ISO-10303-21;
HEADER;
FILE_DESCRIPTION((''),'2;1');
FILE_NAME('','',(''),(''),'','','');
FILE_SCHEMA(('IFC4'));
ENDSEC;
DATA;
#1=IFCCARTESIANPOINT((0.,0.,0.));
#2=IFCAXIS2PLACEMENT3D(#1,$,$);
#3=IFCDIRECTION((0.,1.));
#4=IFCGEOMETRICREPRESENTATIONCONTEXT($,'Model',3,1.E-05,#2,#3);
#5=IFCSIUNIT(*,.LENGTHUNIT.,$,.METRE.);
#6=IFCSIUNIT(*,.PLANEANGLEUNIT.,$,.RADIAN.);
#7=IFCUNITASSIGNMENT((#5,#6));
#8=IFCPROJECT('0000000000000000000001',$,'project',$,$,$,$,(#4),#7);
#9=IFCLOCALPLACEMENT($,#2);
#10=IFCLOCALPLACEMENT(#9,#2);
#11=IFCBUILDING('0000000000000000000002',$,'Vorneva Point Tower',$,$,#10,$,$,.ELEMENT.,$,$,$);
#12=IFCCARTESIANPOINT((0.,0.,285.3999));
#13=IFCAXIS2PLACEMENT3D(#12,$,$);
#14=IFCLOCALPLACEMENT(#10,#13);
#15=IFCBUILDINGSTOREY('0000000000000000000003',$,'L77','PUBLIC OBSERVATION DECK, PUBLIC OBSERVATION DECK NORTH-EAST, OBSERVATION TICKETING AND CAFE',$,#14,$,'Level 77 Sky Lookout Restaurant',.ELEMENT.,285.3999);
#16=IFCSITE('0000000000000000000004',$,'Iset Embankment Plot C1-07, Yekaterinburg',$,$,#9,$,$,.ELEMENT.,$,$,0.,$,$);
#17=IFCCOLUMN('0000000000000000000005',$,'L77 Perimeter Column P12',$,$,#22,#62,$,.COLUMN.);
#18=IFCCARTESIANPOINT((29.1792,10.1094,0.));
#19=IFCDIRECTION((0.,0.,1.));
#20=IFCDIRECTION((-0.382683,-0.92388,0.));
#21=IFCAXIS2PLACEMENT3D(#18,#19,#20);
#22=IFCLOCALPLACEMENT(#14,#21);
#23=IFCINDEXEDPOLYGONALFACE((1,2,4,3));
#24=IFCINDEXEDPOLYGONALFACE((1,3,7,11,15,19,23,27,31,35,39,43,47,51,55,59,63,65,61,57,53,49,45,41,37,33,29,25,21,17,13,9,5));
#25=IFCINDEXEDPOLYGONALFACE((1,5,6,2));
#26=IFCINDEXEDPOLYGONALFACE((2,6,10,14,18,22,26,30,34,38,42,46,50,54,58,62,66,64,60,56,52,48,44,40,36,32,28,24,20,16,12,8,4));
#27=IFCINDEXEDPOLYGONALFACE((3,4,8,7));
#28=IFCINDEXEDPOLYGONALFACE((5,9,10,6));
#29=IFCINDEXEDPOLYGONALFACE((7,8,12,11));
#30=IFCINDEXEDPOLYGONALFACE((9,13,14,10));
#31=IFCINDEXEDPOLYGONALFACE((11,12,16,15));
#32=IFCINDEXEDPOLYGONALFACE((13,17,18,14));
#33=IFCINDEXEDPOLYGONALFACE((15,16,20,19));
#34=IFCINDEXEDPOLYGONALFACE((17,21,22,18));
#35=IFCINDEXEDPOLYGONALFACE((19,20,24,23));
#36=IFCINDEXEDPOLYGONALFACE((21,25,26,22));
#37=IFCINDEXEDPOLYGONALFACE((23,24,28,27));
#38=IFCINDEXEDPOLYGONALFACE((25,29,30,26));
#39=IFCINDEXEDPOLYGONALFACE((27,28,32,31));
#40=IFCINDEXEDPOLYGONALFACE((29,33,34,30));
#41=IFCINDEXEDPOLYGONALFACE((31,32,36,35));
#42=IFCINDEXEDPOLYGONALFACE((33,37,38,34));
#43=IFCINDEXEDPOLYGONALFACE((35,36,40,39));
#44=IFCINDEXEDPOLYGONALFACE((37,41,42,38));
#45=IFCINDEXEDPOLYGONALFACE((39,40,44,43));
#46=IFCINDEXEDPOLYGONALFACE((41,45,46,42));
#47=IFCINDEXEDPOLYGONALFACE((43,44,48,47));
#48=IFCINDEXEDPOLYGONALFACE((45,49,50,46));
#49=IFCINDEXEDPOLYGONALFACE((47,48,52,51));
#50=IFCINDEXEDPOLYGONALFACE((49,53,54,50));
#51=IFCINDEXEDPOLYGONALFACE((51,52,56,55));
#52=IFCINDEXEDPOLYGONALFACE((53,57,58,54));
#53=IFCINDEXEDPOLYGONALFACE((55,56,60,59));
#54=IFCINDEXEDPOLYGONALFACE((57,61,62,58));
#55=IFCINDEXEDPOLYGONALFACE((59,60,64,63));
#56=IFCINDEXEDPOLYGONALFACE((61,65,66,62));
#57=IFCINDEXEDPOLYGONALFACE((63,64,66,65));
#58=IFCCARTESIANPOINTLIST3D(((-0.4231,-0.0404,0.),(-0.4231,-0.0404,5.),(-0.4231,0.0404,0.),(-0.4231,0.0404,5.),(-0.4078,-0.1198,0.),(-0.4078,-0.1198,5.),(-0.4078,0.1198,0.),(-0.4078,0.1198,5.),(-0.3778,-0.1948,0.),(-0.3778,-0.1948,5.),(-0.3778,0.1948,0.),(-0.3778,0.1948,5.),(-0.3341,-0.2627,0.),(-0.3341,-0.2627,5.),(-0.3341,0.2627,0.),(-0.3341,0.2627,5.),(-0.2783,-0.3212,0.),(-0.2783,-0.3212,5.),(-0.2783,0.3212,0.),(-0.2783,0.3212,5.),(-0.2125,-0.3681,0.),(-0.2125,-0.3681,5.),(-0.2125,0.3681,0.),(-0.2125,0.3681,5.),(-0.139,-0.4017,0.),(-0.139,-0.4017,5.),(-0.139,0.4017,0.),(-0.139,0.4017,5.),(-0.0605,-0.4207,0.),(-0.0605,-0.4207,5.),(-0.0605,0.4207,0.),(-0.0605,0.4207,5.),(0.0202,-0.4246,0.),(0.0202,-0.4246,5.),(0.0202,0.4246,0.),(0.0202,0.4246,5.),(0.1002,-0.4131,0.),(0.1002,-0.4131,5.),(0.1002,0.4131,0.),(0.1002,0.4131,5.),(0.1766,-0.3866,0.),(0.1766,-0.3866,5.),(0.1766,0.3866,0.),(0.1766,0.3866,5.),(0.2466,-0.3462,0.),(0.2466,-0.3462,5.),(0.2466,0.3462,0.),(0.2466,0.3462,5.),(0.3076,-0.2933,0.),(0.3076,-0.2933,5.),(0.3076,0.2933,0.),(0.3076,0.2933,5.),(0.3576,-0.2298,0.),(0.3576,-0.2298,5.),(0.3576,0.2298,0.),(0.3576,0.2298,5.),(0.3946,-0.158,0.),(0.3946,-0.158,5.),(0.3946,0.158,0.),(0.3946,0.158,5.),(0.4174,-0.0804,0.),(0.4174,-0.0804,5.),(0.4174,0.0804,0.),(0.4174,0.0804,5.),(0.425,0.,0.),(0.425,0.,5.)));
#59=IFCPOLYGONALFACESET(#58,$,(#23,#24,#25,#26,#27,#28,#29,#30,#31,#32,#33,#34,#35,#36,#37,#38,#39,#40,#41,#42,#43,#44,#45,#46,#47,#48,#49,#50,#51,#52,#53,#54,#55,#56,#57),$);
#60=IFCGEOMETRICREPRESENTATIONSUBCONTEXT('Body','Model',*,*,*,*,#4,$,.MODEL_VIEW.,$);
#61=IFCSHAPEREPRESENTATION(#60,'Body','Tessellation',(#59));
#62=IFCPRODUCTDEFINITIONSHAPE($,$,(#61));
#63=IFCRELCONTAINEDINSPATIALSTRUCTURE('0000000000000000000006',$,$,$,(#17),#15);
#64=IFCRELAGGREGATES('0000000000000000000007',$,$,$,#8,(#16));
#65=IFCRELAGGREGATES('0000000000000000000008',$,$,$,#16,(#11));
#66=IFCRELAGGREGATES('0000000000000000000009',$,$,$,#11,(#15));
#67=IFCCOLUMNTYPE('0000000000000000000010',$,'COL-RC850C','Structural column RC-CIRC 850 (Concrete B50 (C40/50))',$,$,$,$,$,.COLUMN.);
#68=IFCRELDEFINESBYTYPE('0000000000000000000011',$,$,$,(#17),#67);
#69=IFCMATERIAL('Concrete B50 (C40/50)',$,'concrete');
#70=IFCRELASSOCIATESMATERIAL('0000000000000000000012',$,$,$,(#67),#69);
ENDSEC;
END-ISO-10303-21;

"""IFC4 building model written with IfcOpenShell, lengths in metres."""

from ifc_helpers import new_model, si_unit, direction, frame, origin, origin_2d, place, context, subcontext, project, spatial, circle, extrude, material, material_profile, profile_set, type_object, element, save


model = new_model("IFC4")

# Units and contexts
model_context = context("Model", 3, precision=1e-05, world=origin(), true_north=direction((0.0, 1.0)))
body_context = subcontext(model_context, "Body", "Model", "MODEL_VIEW")
ifc_project = project(units=[si_unit("LENGTHUNIT", "METRE"), si_unit("PLANEANGLEUNIT", "RADIAN")], contexts=[model_context])

# Site, building, storey
site_placement = place(None, origin())
site = spatial("IfcSite", under=ifc_project, at=site_placement, Name="Iset Embankment Plot C1-07, Yekaterinburg", CompositionType="ELEMENT", RefElevation=0.0)
building_placement = place(site_placement, origin())
building = spatial("IfcBuilding", under=site, at=building_placement, Name="Vorneva Point Tower", CompositionType="ELEMENT")
storey_placement = place(building_placement, frame((0.0, 0.0, 285.3999)))
storey = spatial("IfcBuildingStorey", under=building, at=storey_placement, Name="L77", Description="PUBLIC OBSERVATION DECK, PUBLIC OBSERVATION DECK NORTH-EAST, OBSERVATION TICKETING AND CAFE", LongName="Level 77 Sky Lookout Restaurant", CompositionType="ELEMENT", Elevation=285.3999)

# Column
ifc_material_1 = material(Name="Concrete B50 (C40/50)", Category="concrete")
ifc_material_profile_1 = material_profile(ifc_material_1, circle(Radius=0.425, at=origin_2d()), Name="RC-CIRC 850")
ifc_profile_set_1 = profile_set([ifc_material_profile_1], Name="Concrete B50 (C40/50)")
column_type = type_object("IfcColumnType", Name="COL-RC850C", Description="Structural column RC-CIRC 850 (Concrete B50 (C40/50))", PredefinedType="COLUMN", material=ifc_profile_set_1)
for number, where, z_axis, x_axis, name in (
    (1, (29.1792, 10.1094, 0.0), (0.0, 0.0, 1.0), (-0.382683, -0.92388, 0.0), "L77 Perimeter Column P12"),
):
    element("IfcColumn", number, at=place(storey_placement, frame(where, z_axis=z_axis, x_axis=x_axis)), inside=storey, type_object=column_type, Name=name, PredefinedType="COLUMN", context=body_context, shape_type="SweptSolid", body=[
        extrude(circle(Radius=0.425, at=origin_2d()), origin(), (0.0, 0.0, 1.0), 5.0),
    ])

save(model, "model.ifc")
